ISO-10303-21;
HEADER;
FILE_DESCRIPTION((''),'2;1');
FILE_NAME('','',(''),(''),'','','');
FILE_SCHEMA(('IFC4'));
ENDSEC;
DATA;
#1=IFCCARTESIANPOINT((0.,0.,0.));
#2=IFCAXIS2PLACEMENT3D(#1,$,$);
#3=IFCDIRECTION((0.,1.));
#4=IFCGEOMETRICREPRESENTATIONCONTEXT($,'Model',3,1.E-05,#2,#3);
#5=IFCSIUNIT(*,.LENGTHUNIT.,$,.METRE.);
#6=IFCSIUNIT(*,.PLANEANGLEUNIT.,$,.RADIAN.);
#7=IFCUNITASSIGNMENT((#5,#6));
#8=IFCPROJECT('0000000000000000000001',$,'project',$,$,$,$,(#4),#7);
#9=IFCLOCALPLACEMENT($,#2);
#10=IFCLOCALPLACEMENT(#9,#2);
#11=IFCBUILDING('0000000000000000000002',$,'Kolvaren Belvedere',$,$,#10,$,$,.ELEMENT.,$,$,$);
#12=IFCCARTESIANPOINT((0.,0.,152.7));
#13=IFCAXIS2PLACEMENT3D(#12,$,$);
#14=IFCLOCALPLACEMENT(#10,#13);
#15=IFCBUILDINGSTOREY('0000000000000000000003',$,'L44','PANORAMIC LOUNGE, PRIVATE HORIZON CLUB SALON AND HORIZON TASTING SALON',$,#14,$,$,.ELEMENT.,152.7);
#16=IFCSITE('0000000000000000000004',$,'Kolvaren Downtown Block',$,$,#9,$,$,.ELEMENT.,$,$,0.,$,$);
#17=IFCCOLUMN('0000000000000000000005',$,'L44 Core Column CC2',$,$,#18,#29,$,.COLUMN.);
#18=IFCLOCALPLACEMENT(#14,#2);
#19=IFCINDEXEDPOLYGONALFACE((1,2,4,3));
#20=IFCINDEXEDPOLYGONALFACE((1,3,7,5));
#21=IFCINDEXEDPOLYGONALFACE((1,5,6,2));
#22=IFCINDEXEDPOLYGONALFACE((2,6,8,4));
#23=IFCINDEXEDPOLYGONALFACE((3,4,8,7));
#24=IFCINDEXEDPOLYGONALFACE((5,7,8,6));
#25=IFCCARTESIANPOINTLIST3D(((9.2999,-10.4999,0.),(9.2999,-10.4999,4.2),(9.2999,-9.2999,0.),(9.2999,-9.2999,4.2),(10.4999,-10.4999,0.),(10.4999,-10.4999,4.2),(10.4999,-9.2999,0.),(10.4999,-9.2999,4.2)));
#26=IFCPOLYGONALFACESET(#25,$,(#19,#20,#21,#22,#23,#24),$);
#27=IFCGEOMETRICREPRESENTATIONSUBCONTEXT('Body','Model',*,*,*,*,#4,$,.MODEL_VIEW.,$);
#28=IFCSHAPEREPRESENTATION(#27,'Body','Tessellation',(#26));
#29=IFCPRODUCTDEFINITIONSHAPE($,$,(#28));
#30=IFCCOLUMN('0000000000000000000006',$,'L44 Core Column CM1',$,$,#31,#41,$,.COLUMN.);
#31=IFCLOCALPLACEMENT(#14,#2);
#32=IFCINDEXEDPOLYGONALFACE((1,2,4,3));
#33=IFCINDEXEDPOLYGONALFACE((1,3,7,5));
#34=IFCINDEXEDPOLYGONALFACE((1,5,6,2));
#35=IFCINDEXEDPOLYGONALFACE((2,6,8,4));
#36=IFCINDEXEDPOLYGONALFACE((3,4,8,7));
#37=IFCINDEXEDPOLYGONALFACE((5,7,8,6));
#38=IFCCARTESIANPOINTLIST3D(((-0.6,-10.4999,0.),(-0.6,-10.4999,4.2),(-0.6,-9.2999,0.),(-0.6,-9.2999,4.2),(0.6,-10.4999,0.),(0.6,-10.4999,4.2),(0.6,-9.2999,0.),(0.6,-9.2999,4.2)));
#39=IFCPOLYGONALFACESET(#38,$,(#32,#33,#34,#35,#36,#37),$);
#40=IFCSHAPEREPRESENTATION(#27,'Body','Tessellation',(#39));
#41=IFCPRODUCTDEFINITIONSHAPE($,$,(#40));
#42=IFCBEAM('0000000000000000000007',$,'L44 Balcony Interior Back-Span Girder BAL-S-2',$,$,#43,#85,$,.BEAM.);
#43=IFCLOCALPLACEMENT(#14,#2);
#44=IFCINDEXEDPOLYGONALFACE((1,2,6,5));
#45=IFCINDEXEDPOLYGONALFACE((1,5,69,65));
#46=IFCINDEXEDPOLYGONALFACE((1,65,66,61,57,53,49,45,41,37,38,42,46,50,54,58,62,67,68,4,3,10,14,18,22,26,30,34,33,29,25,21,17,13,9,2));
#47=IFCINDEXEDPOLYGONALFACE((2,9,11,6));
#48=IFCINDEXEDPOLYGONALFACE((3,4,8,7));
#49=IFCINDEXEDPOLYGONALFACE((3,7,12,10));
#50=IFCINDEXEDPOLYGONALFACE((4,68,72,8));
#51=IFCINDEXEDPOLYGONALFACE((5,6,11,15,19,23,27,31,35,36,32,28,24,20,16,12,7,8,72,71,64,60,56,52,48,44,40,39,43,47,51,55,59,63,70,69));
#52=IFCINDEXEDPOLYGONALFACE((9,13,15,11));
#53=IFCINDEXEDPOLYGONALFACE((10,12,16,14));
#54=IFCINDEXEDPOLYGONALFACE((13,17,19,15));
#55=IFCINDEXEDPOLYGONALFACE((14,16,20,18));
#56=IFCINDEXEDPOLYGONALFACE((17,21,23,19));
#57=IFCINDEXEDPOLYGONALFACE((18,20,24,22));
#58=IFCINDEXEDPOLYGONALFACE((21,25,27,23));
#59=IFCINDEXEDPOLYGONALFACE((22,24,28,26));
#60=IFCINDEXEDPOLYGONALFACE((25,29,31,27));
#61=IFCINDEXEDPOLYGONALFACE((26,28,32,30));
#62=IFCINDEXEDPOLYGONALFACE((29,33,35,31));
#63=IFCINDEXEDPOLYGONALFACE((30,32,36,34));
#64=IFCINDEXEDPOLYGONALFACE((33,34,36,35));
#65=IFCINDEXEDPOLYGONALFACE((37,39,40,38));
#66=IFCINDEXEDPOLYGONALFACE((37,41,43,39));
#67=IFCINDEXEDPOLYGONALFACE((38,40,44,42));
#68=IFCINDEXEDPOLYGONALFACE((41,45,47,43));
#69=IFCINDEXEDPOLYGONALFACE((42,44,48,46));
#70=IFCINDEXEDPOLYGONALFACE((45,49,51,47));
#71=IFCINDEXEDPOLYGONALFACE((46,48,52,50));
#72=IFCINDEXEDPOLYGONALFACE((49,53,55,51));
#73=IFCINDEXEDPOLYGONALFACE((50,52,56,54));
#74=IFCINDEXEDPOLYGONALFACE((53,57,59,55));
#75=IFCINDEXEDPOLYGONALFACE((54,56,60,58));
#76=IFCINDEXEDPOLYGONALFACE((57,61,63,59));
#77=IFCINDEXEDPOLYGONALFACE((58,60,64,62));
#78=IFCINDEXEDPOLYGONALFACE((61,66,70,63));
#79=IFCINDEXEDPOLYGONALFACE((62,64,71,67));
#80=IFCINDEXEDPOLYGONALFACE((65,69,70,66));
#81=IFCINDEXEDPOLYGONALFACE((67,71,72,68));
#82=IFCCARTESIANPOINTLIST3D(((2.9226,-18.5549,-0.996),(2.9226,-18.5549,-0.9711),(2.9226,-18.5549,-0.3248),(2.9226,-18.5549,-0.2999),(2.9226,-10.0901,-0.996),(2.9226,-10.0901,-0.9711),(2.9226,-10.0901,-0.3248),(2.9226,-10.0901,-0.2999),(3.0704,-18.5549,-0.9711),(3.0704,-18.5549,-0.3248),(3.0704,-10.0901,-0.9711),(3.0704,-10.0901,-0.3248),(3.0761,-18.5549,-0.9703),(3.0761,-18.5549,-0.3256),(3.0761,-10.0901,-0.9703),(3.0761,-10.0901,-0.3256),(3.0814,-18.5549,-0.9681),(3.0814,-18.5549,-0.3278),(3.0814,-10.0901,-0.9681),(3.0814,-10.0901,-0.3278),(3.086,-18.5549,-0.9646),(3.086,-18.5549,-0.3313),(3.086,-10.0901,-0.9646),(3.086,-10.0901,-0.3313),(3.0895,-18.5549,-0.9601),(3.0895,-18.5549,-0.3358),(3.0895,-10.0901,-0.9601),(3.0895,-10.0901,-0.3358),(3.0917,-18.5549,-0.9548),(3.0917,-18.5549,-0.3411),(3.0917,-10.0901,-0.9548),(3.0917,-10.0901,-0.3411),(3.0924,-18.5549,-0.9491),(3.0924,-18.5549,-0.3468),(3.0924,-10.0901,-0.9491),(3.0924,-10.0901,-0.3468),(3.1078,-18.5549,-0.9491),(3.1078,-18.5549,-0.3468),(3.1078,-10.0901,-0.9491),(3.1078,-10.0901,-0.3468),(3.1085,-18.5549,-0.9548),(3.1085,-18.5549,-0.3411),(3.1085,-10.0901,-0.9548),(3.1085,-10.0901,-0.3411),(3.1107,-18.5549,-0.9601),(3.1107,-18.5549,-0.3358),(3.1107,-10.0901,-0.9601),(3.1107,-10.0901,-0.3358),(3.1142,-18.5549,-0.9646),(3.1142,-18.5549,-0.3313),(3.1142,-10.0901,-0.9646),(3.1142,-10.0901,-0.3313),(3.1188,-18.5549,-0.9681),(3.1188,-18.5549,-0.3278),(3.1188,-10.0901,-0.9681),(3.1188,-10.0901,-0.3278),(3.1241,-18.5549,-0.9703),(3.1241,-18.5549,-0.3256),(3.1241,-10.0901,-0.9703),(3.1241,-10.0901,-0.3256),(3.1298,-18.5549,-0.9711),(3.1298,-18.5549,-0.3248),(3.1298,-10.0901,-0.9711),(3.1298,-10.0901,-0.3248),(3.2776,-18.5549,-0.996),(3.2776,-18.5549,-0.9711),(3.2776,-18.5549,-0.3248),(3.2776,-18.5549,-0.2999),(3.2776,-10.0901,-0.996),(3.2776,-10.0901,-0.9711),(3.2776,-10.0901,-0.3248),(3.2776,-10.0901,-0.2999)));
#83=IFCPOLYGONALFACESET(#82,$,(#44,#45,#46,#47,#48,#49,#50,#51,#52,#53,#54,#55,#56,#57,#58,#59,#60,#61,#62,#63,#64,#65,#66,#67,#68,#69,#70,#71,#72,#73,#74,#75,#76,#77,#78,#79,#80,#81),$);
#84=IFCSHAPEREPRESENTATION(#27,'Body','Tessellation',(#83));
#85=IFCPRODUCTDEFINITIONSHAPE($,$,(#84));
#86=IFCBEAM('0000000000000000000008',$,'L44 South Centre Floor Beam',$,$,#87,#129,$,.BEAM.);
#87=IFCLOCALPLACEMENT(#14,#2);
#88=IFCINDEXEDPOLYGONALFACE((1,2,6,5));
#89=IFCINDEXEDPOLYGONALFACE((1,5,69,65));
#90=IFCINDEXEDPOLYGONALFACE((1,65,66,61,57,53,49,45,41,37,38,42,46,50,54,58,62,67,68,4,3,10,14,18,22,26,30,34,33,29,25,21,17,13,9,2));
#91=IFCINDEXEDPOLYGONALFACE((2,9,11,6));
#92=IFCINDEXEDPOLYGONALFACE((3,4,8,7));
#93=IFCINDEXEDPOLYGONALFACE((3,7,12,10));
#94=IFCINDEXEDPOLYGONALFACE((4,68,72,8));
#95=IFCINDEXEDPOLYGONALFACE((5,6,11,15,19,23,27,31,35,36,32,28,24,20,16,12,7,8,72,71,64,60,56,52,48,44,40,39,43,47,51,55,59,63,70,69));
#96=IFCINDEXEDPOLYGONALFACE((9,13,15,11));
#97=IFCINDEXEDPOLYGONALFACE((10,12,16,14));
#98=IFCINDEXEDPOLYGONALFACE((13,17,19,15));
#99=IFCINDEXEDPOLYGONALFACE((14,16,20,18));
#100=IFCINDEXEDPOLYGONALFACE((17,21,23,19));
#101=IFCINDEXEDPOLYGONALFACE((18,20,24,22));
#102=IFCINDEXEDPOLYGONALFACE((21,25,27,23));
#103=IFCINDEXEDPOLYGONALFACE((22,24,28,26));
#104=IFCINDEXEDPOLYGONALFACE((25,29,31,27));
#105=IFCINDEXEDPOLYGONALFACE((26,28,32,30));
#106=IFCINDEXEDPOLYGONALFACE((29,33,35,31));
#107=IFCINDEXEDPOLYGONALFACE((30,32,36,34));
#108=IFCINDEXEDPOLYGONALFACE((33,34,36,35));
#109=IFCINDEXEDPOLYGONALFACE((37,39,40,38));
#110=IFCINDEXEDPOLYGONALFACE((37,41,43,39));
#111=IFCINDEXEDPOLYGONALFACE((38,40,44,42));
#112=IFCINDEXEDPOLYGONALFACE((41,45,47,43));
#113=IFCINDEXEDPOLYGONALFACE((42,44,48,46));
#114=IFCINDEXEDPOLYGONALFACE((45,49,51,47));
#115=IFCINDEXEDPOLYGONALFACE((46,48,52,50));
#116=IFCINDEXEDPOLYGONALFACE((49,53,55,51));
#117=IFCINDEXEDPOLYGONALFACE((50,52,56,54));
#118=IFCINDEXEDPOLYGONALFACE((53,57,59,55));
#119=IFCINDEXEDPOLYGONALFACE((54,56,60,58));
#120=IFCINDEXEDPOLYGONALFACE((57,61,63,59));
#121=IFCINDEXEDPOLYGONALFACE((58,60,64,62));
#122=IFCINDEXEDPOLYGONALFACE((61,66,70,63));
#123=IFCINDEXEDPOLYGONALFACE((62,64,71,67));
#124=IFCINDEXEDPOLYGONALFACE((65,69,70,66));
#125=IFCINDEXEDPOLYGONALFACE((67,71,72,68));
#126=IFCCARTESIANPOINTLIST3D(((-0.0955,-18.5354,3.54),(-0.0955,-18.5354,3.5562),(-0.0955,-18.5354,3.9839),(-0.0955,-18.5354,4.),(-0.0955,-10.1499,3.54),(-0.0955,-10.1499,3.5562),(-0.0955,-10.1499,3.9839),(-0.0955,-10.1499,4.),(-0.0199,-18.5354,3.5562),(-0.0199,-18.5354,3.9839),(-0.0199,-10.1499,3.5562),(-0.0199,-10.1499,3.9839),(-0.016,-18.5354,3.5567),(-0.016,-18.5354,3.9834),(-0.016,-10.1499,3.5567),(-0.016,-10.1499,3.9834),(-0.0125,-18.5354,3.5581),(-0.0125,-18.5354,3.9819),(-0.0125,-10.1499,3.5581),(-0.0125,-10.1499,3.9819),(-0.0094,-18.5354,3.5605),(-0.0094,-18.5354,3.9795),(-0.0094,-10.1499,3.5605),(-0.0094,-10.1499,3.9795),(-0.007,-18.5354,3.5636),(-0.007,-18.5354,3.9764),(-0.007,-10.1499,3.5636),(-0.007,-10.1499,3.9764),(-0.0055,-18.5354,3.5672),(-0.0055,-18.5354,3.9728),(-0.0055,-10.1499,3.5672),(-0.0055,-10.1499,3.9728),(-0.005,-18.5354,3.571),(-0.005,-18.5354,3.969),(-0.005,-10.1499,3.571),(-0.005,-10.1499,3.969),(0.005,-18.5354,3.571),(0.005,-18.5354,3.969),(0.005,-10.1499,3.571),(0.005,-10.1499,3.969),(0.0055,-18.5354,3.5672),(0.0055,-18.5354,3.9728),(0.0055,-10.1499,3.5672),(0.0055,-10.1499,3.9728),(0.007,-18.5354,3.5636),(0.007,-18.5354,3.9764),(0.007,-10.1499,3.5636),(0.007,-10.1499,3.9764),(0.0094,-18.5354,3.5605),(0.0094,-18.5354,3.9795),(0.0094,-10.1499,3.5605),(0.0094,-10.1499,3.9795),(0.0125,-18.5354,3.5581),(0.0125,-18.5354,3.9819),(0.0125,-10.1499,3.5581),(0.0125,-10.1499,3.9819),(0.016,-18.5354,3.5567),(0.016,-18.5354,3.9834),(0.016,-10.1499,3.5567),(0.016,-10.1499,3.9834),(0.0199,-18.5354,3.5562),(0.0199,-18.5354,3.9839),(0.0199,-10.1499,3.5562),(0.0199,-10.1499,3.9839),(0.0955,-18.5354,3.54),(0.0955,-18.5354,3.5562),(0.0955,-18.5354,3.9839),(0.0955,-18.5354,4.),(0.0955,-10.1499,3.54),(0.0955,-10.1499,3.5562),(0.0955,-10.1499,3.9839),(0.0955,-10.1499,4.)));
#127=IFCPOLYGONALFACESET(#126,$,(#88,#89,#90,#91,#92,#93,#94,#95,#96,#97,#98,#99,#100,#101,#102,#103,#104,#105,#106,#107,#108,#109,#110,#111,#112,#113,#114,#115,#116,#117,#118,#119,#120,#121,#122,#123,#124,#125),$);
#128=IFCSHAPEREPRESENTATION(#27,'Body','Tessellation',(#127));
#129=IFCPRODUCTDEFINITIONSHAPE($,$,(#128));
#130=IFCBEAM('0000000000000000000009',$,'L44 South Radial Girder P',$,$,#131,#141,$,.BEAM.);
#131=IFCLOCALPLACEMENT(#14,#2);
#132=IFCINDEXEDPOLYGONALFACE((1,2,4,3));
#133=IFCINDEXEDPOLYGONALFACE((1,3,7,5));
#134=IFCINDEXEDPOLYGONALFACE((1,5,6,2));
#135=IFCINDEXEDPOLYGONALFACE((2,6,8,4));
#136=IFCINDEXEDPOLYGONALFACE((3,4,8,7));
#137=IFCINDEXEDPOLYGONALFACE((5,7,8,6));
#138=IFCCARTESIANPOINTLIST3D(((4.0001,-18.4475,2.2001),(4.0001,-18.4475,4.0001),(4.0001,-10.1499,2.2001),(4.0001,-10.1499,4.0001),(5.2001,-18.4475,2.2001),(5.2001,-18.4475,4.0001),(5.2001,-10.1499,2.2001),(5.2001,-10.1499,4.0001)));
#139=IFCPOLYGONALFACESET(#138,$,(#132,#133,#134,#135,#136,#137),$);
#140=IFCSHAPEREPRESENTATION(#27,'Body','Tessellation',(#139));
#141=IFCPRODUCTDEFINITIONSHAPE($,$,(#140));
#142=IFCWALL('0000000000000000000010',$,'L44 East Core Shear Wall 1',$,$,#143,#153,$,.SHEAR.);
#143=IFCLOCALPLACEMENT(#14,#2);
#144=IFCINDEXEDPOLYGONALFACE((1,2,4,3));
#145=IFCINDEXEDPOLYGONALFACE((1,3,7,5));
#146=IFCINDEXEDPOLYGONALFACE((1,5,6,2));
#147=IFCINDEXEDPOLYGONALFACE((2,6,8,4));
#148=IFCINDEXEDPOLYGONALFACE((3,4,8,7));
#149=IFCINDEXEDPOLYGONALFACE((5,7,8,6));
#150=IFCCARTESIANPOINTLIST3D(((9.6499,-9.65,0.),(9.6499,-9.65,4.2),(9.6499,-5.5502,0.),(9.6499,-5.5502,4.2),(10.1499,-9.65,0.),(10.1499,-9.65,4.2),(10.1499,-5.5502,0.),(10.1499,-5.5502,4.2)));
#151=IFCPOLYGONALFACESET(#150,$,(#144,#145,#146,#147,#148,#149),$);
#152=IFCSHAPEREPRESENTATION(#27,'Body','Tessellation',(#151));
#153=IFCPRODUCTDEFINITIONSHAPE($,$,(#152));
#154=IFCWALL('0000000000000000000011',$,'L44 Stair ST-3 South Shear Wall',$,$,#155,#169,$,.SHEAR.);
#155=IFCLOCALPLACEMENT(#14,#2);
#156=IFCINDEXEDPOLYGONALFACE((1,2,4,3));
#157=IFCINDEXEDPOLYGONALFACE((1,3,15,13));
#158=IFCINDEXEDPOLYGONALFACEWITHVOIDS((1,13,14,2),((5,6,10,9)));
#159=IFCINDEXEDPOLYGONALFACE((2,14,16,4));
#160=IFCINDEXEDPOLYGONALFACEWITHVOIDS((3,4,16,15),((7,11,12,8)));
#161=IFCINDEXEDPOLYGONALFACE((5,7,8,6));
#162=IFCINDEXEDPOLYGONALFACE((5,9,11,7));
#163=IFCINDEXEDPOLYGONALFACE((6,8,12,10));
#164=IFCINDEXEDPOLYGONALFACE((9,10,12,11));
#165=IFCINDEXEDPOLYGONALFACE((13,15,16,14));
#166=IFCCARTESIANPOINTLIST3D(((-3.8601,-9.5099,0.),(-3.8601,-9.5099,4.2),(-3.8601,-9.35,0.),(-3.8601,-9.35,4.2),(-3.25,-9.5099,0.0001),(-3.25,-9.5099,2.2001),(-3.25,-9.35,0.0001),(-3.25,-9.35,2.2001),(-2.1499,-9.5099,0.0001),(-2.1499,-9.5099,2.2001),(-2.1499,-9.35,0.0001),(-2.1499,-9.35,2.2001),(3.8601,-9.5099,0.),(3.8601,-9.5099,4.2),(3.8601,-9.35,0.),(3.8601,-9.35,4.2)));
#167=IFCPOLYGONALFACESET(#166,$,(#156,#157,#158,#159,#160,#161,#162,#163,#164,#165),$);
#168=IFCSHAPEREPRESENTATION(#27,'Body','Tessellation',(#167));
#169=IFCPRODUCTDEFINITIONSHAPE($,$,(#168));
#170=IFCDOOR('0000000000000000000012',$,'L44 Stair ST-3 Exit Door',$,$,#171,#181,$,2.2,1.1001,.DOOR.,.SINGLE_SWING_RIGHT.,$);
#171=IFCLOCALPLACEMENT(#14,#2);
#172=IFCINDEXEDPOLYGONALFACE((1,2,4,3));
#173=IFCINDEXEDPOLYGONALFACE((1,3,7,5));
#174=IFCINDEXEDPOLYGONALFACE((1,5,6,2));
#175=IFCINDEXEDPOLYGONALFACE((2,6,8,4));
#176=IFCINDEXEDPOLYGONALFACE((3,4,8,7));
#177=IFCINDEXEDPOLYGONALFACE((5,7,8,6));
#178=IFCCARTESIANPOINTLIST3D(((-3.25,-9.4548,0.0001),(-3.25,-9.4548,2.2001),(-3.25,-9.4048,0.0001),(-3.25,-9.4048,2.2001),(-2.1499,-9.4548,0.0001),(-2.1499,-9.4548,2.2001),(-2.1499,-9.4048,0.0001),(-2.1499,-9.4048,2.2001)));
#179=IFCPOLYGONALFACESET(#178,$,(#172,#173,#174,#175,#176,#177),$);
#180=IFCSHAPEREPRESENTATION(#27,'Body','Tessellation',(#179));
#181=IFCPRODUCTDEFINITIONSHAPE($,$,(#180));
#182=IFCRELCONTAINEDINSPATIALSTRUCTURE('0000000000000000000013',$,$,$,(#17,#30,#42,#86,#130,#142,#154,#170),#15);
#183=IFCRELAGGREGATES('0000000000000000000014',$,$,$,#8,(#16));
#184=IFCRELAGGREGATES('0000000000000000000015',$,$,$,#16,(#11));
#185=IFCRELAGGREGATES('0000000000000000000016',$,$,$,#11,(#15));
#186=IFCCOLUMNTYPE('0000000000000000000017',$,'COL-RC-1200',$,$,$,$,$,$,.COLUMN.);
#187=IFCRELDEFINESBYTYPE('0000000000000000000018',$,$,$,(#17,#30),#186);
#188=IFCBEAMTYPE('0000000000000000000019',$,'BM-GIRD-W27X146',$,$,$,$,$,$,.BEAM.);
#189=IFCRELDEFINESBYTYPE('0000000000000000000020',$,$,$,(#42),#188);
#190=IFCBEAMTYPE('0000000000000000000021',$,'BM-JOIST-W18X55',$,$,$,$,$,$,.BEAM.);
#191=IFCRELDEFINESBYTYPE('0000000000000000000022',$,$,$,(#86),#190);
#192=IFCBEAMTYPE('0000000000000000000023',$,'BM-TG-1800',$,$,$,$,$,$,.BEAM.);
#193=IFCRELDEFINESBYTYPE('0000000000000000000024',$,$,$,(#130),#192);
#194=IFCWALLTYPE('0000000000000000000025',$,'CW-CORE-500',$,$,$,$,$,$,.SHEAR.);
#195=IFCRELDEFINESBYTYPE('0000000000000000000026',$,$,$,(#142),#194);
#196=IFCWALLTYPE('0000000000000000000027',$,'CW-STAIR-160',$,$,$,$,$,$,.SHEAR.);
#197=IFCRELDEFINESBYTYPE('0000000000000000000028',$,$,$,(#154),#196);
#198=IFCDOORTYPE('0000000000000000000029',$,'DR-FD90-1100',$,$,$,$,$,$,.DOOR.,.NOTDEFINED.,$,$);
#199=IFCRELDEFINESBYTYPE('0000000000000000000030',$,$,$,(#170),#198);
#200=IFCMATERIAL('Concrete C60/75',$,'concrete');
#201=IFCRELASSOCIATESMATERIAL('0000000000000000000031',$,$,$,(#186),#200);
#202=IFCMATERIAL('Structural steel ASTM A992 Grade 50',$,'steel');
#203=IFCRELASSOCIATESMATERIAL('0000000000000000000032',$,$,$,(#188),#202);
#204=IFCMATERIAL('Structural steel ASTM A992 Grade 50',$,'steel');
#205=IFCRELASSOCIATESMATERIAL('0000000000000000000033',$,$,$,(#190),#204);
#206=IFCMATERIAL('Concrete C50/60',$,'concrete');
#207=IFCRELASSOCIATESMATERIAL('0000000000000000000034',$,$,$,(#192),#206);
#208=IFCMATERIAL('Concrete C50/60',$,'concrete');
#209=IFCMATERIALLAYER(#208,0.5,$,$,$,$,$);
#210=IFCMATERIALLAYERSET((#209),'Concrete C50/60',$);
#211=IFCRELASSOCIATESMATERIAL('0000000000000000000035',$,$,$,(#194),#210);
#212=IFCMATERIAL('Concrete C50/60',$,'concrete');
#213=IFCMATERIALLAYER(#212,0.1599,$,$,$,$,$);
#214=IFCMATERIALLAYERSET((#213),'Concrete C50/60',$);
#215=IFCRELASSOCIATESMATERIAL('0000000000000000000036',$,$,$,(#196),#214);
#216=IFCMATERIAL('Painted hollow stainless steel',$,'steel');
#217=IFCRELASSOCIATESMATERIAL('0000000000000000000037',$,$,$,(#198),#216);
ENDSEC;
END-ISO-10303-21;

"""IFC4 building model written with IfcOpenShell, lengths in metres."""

from ifc_helpers import new_model, si_unit, direction, frame, frame_2d, origin, origin_2d, place, context, subcontext, project, spatial, rectangle, i_section, extrude, material, layer, layer_set, material_profile, profile_set, type_object, element, fill, save


model = new_model("IFC4")

# Units and contexts
model_context = context("Model", 3, precision=1e-05, world=origin(), true_north=direction((0.0, 1.0)))
body_context = subcontext(model_context, "Body", "Model", "MODEL_VIEW")
ifc_project = project(units=[si_unit("LENGTHUNIT", "METRE"), si_unit("PLANEANGLEUNIT", "RADIAN")], contexts=[model_context])

# Site, building, storey
site_placement = place(None, origin())
site = spatial("IfcSite", under=ifc_project, at=site_placement, Name="Kolvaren Downtown Block", CompositionType="ELEMENT", RefElevation=0.0)
building_placement = place(site_placement, origin())
building = spatial("IfcBuilding", under=site, at=building_placement, Name="Kolvaren Belvedere", CompositionType="ELEMENT")
storey_placement = place(building_placement, frame((0.0, 0.0, 152.7)))
storey = spatial("IfcBuildingStorey", under=building, at=storey_placement, Name="L44", Description="PANORAMIC LOUNGE, PRIVATE HORIZON CLUB SALON AND HORIZON TASTING SALON", CompositionType="ELEMENT", Elevation=152.7)

# Columns
ifc_material_1 = material(Name="Concrete C60/75", Category="concrete")
ifc_material_profile_1 = material_profile(ifc_material_1, rectangle(XDim=1.2, YDim=1.2, at=origin_2d()), Name="RC 1200X1200")
ifc_profile_set_1 = profile_set([ifc_material_profile_1], Name="Concrete C60/75")
column_type = type_object("IfcColumnType", Name="COL-RC-1200", PredefinedType="COLUMN", material=ifc_profile_set_1)
for number, where, z_axis, x_axis, name in (
    (1, (9.8999, -9.8999, 0.0), (0.0, 0.0, 1.0), (1.0, 0.0, 0.0), "L44 Core Column CC2"),
    (2, (0.0, -9.8999, 0.0), (0.0, 0.0, 1.0), (1.0, 0.0, 0.0), "L44 Core Column CM1"),
):
    element("IfcColumn", number, at=place(storey_placement, frame(where, z_axis=z_axis, x_axis=x_axis)), inside=storey, type_object=column_type, Name=name, PredefinedType="COLUMN", context=body_context, shape_type="SweptSolid", body=[
        extrude(rectangle(XDim=1.2, YDim=1.2, at=origin_2d()), origin(), (0.0, 0.0, 1.0), 4.2),
    ])

# Beams
ifc_material_2 = material(Name="Structural steel ASTM A992 Grade 50", Category="steel")
ifc_material_profile_2 = material_profile(ifc_material_2, i_section(OverallWidth=0.355, OverallDepth=0.696, WebThickness=0.0154, FlangeThickness=0.0249, FilletRadius=0.022, at=origin_2d()), Name="W27X146")
ifc_profile_set_2 = profile_set([ifc_material_profile_2], Name="Structural steel ASTM A992 Grade 50")
beam_type_1 = type_object("IfcBeamType", Name="BM-GIRD-W27X146", PredefinedType="BEAM", material=ifc_profile_set_2)
beam_1_placement = place(storey_placement, frame((3.1001, -10.0901, -0.6479), z_axis=(0.0, -1.0, 0.0), x_axis=(1.0, 0.0, 0.0)))
element("IfcBeam", 3, at=beam_1_placement, inside=storey, type_object=beam_type_1, Name="L44 Balcony Interior Back-Span Girder BAL-S-2", PredefinedType="BEAM", context=body_context, shape_type="SweptSolid", body=[
    extrude(i_section(OverallWidth=0.355, OverallDepth=0.696, WebThickness=0.0154, FlangeThickness=0.0249, FilletRadius=0.022, at=origin_2d()), origin(), (0.0, 0.0, 1.0), 8.4648),
])
ifc_material_3 = material(Name="Structural steel ASTM A992 Grade 50", Category="steel")
ifc_material_profile_3 = material_profile(ifc_material_3, i_section(OverallWidth=0.1909, OverallDepth=0.46, WebThickness=0.01, FlangeThickness=0.0161, FilletRadius=0.0149, at=origin_2d()), Name="W18X55")
ifc_profile_set_3 = profile_set([ifc_material_profile_3], Name="Structural steel ASTM A992 Grade 50")
beam_type_2 = type_object("IfcBeamType", Name="BM-JOIST-W18X55", PredefinedType="BEAM", material=ifc_profile_set_3)
beam_2_placement = place(storey_placement, frame((0.0, -10.1499, 3.77), z_axis=(0.0, -1.0, 0.0), x_axis=(1.0, 0.0, 0.0)))
element("IfcBeam", 4, at=beam_2_placement, inside=storey, type_object=beam_type_2, Name="L44 South Centre Floor Beam", PredefinedType="BEAM", context=body_context, shape_type="SweptSolid", body=[
    extrude(i_section(OverallWidth=0.1909, OverallDepth=0.46, WebThickness=0.01, FlangeThickness=0.0161, FilletRadius=0.0149, at=origin_2d()), origin(), (0.0, 0.0, 1.0), 8.3855),
])
ifc_material_4 = material(Name="Concrete C50/60", Category="concrete")
ifc_material_profile_4 = material_profile(ifc_material_4, rectangle(XDim=1.2, YDim=1.8, at=origin_2d()), Name="RC 1200X1800")
ifc_profile_set_4 = profile_set([ifc_material_profile_4], Name="Concrete C50/60")
beam_type_3 = type_object("IfcBeamType", Name="BM-TG-1800", PredefinedType="BEAM", material=ifc_profile_set_4)
beam_3_placement = place(storey_placement, frame((4.6001, -10.1499, 3.1001), z_axis=(0.0, -1.0, 0.0), x_axis=(1.0, 0.0, 0.0)))
element("IfcBeam", 5, at=beam_3_placement, inside=storey, type_object=beam_type_3, Name="L44 South Radial Girder P", PredefinedType="BEAM", context=body_context, shape_type="SweptSolid", body=[
    extrude(rectangle(XDim=1.2, YDim=1.8, at=origin_2d()), origin(), (0.0, 0.0, 1.0), 8.2976),
])

# Wall
ifc_material_5 = material(Name="Concrete C50/60", Category="concrete")
ifc_layer_1 = layer(ifc_material_5, 0.5)
ifc_layer_set_1 = layer_set([ifc_layer_1], Name="Concrete C50/60")
wall_type_1 = type_object("IfcWallType", Name="CW-CORE-500", PredefinedType="SHEAR", material=ifc_layer_set_1)
wall_1_placement = place(storey_placement, frame((9.8999, -9.6499, 0.0), z_axis=(0.0, 0.0, 1.0), x_axis=(0.0, 1.0, 0.0)))
element("IfcWall", 6, at=wall_1_placement, inside=storey, type_object=wall_type_1, Name="L44 East Core Shear Wall 1", PredefinedType="SHEAR", context=body_context, shape_type="SweptSolid", body=[
    extrude(rectangle(XDim=4.0999, YDim=0.5, at=frame_2d((2.0498, 0.0))), origin(), (0.0, 0.0, 1.0), 4.2),
])

# Wall, opening, door
ifc_material_6 = material(Name="Concrete C50/60", Category="concrete")
ifc_layer_2 = layer(ifc_material_6, 0.1599)
ifc_layer_set_2 = layer_set([ifc_layer_2], Name="Concrete C50/60")
wall_type_2 = type_object("IfcWallType", Name="CW-STAIR-160", PredefinedType="SHEAR", material=ifc_layer_set_2)
wall_2_placement = place(storey_placement, frame((3.8601, -9.4299, 0.0), z_axis=(0.0, 0.0, 1.0), x_axis=(-1.0, 0.0, 0.0)))
wall_2 = element("IfcWall", 7, at=wall_2_placement, inside=storey, type_object=wall_type_2, Name="L44 Stair ST-3 South Shear Wall", PredefinedType="SHEAR", context=body_context, shape_type="SweptSolid", body=[
    extrude(rectangle(XDim=7.7202, YDim=0.1599, at=frame_2d((3.8601, 0.0))), origin(), (0.0, 0.0, 1.0), 4.2),
])
opening_placement = place(wall_2_placement, frame((6.01, 0.0, 0.0)))
opening = element("IfcOpeningElement", 8, at=opening_placement, cuts=wall_2, PredefinedType="OPENING", context=body_context, shape_type="SweptSolid", body=[
    extrude(rectangle(XDim=1.1001, YDim=2.2, at=frame_2d((0.55, 1.1001))), frame((0.0, 0.0898, 0.0), z_axis=(0.0, -1.0, 0.0), x_axis=(1.0, 0.0, 0.0)), (0.0, 0.0, 1.0), 0.1799),
])
ifc_material_7 = material(Name="Painted hollow stainless steel", Category="steel")
door_type = type_object("IfcDoorType", Name="DR-FD90-1100", OperationType="NOTDEFINED", PredefinedType="DOOR", material=ifc_material_7)
door_placement = place(opening_placement, origin())
door = element("IfcDoor", 9, at=door_placement, inside=storey, type_object=door_type, Name="L44 Stair ST-3 Exit Door", OperationType="SINGLE_SWING_RIGHT", OverallHeight=2.2, OverallWidth=1.1001, PredefinedType="DOOR", context=body_context, shape_type="SweptSolid", body=[
    extrude(rectangle(XDim=1.1001, YDim=2.2, at=frame_2d((0.55, 1.1001))), frame((0.0, 0.0249, 0.0), z_axis=(0.0, -1.0, 0.0), x_axis=(1.0, 0.0, 0.0)), (0.0, 0.0, 1.0), 0.05),
])
fill(opening, door)

save(model, "model.ifc")
